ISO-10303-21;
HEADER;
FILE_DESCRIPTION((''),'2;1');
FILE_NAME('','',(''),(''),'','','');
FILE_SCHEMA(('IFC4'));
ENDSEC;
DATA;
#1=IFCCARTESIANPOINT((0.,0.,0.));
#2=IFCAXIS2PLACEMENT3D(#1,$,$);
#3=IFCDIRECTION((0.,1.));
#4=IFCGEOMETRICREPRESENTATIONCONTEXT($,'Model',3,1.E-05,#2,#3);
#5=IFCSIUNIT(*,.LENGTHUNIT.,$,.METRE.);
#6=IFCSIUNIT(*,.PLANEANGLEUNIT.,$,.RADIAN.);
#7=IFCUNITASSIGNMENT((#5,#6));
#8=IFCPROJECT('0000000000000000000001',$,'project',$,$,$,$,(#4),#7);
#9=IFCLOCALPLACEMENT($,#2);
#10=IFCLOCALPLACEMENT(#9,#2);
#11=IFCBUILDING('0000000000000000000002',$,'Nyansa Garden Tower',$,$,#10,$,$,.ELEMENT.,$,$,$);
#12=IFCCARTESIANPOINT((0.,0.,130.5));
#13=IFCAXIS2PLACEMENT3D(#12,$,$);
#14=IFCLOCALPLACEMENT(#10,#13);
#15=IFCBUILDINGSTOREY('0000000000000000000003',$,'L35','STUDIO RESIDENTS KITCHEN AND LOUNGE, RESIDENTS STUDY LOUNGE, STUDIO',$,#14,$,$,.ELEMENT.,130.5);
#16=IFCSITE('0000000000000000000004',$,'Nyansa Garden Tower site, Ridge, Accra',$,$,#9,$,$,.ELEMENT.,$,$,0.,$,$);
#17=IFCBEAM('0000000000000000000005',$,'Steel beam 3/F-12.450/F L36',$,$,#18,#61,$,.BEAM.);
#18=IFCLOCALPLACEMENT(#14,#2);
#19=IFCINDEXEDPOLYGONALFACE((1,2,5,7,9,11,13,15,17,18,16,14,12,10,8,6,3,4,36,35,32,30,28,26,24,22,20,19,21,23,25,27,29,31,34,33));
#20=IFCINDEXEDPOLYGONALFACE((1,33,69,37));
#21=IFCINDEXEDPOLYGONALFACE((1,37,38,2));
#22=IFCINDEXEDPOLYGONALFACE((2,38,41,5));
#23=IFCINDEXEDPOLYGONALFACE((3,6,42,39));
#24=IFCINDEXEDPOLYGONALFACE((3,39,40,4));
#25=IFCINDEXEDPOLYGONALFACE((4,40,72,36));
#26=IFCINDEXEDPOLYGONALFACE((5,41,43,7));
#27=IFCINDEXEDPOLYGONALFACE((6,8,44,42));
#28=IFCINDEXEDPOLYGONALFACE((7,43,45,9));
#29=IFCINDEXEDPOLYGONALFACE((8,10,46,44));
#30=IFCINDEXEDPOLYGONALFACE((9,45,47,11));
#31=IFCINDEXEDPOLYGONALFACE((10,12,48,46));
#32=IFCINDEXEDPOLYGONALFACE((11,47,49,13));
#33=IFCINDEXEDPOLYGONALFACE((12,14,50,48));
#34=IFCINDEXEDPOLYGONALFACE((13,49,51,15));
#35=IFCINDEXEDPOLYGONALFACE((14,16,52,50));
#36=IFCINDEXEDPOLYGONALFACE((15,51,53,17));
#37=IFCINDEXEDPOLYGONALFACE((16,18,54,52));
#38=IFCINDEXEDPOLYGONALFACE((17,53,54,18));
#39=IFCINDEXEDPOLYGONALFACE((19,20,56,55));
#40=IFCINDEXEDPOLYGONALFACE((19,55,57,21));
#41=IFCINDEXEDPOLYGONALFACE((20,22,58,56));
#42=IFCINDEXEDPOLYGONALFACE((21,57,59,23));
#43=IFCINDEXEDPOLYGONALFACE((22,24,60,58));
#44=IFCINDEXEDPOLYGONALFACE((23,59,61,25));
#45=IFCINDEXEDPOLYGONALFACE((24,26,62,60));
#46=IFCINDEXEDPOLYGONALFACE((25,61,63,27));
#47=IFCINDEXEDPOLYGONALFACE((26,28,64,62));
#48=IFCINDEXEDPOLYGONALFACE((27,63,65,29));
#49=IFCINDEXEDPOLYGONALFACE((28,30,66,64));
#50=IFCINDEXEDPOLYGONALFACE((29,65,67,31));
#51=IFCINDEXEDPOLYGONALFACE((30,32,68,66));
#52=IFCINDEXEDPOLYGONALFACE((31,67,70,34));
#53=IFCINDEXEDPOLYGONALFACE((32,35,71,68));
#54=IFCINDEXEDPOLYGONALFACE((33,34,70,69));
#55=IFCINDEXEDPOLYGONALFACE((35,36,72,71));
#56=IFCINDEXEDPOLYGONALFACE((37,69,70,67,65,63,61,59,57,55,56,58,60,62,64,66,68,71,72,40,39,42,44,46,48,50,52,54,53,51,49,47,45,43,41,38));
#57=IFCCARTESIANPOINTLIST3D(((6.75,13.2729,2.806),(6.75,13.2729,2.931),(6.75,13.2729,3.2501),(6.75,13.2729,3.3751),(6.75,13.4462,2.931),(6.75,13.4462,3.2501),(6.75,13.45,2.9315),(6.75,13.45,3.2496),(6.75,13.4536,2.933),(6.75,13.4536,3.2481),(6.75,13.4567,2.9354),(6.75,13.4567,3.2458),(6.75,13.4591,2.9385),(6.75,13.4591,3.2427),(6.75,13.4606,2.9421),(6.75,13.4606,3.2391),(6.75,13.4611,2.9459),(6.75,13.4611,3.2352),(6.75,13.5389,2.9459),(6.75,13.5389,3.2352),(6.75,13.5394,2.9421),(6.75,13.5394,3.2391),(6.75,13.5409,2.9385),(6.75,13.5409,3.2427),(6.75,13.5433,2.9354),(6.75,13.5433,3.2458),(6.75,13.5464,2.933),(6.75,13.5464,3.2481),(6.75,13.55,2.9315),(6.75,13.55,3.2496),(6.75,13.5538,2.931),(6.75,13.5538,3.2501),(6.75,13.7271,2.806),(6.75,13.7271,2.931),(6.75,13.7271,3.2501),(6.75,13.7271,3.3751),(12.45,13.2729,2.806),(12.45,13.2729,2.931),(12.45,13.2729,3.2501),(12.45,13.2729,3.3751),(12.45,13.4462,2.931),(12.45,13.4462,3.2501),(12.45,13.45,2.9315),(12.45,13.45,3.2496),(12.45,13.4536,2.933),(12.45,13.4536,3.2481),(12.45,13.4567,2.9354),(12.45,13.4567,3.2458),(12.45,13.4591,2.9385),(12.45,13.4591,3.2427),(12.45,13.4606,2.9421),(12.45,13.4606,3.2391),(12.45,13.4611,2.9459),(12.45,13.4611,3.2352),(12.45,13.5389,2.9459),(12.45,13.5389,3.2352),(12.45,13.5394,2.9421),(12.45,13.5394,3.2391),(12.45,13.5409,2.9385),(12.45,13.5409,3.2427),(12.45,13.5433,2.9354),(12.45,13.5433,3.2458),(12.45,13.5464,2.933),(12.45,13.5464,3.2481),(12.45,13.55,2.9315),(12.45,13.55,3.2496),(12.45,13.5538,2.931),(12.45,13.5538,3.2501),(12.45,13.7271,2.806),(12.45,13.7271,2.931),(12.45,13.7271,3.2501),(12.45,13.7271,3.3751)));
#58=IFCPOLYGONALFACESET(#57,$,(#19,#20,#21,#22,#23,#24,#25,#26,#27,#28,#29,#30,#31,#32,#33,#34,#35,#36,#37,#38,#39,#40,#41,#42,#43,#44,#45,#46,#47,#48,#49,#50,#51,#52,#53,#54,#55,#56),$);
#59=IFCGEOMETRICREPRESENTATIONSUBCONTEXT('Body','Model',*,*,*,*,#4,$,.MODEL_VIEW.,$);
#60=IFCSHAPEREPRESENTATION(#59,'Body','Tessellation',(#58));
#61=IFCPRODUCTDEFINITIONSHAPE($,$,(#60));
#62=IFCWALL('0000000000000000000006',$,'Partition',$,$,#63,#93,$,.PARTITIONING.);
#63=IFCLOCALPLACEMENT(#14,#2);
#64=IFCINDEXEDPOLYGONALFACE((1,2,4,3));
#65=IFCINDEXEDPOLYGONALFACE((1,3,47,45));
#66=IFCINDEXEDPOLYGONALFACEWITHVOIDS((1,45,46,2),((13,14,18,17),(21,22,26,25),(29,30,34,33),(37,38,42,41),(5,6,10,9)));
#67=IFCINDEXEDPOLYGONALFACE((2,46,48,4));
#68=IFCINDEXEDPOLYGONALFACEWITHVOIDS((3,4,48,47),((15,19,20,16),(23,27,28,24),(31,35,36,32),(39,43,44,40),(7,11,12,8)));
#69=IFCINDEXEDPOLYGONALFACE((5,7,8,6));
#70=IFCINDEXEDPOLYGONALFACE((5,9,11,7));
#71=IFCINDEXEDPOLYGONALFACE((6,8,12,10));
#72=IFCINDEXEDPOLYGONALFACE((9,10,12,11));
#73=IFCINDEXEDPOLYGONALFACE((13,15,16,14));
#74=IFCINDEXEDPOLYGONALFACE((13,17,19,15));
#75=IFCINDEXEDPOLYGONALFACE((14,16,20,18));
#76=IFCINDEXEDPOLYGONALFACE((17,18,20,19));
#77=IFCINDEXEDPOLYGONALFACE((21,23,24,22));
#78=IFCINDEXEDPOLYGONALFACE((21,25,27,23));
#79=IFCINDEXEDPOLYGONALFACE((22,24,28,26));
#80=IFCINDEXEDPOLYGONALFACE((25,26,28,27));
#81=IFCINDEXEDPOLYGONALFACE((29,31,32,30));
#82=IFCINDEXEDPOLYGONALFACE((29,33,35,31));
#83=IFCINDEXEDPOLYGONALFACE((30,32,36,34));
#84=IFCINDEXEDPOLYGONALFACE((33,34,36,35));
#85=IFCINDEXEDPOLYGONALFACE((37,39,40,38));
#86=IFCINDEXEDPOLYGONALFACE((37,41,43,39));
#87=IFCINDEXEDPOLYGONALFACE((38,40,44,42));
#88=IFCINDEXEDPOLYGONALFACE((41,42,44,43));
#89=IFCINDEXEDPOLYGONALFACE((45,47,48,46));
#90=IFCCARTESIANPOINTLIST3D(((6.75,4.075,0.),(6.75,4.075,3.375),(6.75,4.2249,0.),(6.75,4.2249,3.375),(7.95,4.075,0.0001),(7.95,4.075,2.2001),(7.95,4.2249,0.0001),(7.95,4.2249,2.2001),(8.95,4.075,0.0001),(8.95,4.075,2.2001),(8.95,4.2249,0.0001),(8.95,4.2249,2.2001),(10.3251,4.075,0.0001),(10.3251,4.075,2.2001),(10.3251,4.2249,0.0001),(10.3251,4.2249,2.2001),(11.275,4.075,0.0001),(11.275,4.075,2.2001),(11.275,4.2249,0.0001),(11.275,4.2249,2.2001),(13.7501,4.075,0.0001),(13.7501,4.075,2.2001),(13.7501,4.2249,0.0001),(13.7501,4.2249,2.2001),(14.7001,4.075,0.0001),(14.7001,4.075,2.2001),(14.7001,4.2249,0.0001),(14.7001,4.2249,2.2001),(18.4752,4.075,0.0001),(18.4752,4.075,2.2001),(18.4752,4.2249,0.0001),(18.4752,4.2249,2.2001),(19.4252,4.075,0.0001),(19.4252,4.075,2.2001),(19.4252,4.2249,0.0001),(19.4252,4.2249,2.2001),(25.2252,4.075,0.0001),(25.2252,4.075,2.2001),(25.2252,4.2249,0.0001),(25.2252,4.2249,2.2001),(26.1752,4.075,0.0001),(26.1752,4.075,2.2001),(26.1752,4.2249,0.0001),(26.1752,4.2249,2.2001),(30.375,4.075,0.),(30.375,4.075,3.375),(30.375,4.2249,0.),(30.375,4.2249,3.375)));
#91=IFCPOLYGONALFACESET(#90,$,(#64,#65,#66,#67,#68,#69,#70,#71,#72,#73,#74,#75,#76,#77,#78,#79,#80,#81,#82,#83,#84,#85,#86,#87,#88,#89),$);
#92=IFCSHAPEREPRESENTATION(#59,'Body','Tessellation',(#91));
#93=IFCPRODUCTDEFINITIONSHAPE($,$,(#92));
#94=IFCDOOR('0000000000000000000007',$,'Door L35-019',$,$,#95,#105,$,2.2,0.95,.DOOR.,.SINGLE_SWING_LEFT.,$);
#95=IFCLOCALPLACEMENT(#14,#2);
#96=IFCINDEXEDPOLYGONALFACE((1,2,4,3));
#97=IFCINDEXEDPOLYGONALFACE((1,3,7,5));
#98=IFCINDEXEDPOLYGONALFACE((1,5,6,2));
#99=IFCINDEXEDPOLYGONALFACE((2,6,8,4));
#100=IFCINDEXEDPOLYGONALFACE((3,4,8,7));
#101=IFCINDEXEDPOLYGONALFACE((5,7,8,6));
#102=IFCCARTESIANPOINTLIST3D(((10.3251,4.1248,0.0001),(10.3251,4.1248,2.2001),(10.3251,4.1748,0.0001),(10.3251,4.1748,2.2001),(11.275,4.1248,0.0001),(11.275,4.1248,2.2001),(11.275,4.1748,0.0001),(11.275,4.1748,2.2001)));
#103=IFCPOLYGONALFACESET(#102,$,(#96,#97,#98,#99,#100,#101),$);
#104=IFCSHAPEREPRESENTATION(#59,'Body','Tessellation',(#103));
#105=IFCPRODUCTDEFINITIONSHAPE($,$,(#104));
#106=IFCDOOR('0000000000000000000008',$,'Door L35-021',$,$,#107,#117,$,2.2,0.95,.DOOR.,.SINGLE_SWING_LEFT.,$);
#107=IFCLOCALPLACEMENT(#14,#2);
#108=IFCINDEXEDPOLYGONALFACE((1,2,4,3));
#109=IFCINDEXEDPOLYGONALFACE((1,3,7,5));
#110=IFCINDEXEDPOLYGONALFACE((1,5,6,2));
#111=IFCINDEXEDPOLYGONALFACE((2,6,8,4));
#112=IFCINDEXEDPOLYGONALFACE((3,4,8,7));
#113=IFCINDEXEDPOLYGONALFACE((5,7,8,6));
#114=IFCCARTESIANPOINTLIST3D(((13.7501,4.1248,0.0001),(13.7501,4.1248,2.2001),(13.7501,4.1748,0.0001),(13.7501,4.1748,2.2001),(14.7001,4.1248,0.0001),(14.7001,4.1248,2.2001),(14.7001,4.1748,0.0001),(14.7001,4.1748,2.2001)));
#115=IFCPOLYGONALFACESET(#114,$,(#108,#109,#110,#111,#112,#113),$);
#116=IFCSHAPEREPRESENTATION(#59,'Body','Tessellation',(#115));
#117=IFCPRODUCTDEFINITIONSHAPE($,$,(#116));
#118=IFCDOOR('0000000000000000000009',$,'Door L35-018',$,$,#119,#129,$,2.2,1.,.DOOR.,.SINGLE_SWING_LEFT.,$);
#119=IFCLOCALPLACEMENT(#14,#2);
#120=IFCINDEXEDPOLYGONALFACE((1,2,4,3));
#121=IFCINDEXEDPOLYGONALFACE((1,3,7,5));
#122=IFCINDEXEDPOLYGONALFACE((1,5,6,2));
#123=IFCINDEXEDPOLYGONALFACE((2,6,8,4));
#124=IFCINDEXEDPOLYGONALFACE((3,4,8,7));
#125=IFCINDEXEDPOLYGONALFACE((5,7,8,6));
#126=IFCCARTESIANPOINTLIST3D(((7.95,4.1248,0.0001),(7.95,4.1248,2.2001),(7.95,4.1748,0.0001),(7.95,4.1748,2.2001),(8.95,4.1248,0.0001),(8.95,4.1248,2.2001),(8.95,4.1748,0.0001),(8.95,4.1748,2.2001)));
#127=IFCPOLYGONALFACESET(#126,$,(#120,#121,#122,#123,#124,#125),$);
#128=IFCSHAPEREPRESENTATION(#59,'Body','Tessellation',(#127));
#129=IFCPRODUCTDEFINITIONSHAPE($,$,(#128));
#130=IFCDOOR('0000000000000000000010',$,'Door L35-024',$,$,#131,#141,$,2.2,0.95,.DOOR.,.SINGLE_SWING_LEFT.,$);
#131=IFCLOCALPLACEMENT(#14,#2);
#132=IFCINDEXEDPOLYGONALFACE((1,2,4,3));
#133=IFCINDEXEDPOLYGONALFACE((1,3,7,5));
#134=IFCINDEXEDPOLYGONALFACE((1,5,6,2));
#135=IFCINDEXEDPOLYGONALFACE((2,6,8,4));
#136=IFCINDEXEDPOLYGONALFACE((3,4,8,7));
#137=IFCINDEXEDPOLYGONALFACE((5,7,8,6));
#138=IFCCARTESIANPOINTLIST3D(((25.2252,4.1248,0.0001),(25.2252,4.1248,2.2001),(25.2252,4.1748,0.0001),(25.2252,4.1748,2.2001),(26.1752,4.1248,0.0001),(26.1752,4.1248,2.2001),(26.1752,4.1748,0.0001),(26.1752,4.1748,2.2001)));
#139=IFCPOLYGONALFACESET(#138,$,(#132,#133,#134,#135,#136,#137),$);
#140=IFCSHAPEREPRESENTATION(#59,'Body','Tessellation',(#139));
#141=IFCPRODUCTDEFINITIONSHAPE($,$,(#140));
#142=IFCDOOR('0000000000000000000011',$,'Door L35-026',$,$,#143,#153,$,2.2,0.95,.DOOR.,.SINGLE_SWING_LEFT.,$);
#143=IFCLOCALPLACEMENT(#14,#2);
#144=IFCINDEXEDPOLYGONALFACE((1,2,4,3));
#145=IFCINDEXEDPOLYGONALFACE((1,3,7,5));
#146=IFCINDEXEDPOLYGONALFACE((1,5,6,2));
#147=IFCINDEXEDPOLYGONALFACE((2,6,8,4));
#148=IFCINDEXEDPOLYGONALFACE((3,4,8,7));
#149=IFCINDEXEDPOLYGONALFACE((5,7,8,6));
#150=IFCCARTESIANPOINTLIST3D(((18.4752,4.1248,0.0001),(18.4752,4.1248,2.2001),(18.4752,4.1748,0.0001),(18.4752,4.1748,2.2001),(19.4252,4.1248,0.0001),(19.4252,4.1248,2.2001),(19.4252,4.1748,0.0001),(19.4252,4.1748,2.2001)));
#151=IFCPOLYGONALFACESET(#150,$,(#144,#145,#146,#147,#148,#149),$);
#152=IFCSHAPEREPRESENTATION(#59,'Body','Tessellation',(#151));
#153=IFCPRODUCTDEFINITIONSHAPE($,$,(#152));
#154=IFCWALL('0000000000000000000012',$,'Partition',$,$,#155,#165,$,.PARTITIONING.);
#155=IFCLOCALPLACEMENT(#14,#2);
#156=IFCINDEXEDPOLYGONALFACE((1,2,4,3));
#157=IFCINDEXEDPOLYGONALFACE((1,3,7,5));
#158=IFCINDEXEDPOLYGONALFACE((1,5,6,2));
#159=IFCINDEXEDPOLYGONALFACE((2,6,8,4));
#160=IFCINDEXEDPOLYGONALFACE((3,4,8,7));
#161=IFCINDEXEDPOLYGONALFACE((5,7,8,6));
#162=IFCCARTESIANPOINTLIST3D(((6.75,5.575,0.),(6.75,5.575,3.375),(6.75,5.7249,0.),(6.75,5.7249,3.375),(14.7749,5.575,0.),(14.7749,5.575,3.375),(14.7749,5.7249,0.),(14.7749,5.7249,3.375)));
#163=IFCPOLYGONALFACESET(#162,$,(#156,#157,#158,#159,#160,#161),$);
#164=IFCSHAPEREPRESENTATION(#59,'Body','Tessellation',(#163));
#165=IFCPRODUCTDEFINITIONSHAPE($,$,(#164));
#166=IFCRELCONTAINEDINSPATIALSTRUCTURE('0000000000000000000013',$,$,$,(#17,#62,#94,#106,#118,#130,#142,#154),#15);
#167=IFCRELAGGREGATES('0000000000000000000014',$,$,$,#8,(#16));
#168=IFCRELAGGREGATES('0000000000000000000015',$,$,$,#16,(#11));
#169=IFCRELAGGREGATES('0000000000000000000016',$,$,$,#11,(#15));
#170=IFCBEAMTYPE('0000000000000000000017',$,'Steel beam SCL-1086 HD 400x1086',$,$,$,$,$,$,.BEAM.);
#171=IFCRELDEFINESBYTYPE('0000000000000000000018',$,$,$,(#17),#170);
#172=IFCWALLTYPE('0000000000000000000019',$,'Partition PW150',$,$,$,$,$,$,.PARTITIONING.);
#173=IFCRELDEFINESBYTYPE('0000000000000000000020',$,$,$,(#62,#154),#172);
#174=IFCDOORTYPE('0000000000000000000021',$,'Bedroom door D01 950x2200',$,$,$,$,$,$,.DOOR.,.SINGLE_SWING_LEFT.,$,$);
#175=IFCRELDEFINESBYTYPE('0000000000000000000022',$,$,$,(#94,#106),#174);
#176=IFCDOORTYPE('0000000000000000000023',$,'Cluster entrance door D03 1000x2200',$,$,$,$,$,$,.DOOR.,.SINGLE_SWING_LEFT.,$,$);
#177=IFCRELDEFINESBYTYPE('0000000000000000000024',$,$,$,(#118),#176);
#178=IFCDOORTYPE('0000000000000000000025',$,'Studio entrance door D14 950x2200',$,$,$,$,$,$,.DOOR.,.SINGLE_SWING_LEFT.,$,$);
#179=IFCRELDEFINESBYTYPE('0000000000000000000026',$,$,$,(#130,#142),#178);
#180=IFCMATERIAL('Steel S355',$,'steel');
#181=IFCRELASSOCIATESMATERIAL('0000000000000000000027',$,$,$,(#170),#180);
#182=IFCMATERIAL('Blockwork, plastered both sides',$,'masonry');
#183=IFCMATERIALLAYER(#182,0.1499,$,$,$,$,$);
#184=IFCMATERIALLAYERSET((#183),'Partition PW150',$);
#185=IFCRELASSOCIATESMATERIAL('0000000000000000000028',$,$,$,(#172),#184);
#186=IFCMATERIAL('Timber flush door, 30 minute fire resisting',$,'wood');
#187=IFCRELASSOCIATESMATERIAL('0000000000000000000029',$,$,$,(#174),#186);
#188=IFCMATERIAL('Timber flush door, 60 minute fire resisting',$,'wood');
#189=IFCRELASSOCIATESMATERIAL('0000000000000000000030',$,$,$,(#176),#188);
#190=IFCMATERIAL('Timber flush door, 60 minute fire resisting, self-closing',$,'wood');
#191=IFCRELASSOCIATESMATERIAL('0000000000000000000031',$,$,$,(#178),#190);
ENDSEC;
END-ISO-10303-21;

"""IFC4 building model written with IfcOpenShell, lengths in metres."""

from ifc_helpers import new_model, si_unit, direction, frame, frame_2d, origin, origin_2d, place, context, subcontext, project, spatial, rectangle, i_section, extrude, material, layer, layer_set, material_profile, profile_set, type_object, element, fill, save


model = new_model("IFC4")

# Units and contexts
model_context = context("Model", 3, precision=1e-05, world=origin(), true_north=direction((0.0, 1.0)))
body_context = subcontext(model_context, "Body", "Model", "MODEL_VIEW")
ifc_project = project(units=[si_unit("LENGTHUNIT", "METRE"), si_unit("PLANEANGLEUNIT", "RADIAN")], contexts=[model_context])

# Site, building, storey
site_placement = place(None, origin())
site = spatial("IfcSite", under=ifc_project, at=site_placement, Name="Nyansa Garden Tower site, Ridge, Accra", CompositionType="ELEMENT", RefElevation=0.0)
building_placement = place(site_placement, origin())
building = spatial("IfcBuilding", under=site, at=building_placement, Name="Nyansa Garden Tower", CompositionType="ELEMENT")
storey_placement = place(building_placement, frame((0.0, 0.0, 130.5)))
storey = spatial("IfcBuildingStorey", under=building, at=storey_placement, Name="L35", Description="STUDIO RESIDENTS KITCHEN AND LOUNGE, RESIDENTS STUDY LOUNGE, STUDIO", CompositionType="ELEMENT", Elevation=130.5)

# Beam
ifc_material_1 = material(Name="Steel S355", Category="steel")
ifc_material_profile_1 = material_profile(ifc_material_1, i_section(OverallWidth=0.4541, OverallDepth=0.5691, WebThickness=0.0779, FlangeThickness=0.125, FilletRadius=0.0149, at=origin_2d()), Name="HD 400x1086")
ifc_profile_set_1 = profile_set([ifc_material_profile_1], Name="Steel S355")
beam_type_1 = type_object("IfcBeamType", Name="Steel beam SCL-1086 HD 400x1086", PredefinedType="BEAM", material=ifc_profile_set_1)
beam_placement = place(storey_placement, frame((6.75, 13.5, 3.0906), z_axis=(1.0, 0.0, 0.0), x_axis=(0.0, 1.0, 0.0)))
element("IfcBeam", 1, at=beam_placement, inside=storey, type_object=beam_type_1, Name="Steel beam 3/F-12.450/F L36", PredefinedType="BEAM", context=body_context, shape_type="SweptSolid", body=[
    extrude(i_section(OverallWidth=0.4541, OverallDepth=0.5691, WebThickness=0.0779, FlangeThickness=0.125, FilletRadius=0.0149, at=origin_2d()), origin(), (0.0, 0.0, 1.0), 5.7),
])

# Wall, openings, doors
ifc_material_2 = material(Name="Blockwork, plastered both sides", Category="masonry")
ifc_layer = layer(ifc_material_2, 0.1499)
ifc_layer_set = layer_set([ifc_layer], Name="Partition PW150")
wall_type = type_object("IfcWallType", Name="Partition PW150", PredefinedType="PARTITIONING", material=ifc_layer_set)
wall_1_placement = place(storey_placement, frame((6.75, 4.1499, 0.0), z_axis=(0.0, 0.0, 1.0), x_axis=(1.0, 0.0, 0.0)))
wall_1 = element("IfcWall", 2, at=wall_1_placement, inside=storey, type_object=wall_type, Name="Partition", PredefinedType="PARTITIONING", context=body_context, shape_type="SweptSolid", body=[
    extrude(rectangle(XDim=23.625, YDim=0.1499, at=frame_2d((11.8125, 0.0))), origin(), (0.0, 0.0, 1.0), 3.375),
])
opening_1_placement = place(wall_1_placement, frame((1.2, 0.0, 0.0)))
opening_1 = element("IfcOpeningElement", 3, at=opening_1_placement, cuts=wall_1, PredefinedType="OPENING", context=body_context, shape_type="SweptSolid", body=[
    extrude(rectangle(XDim=1.0, YDim=2.2, at=frame_2d((0.5, 1.1001))), frame((0.0, 0.085, 0.0), z_axis=(0.0, -1.0, 0.0), x_axis=(1.0, 0.0, 0.0)), (0.0, 0.0, 1.0), 0.1699),
])
opening_2_placement = place(wall_1_placement, frame((3.575, 0.0, 0.0)))
opening_2 = element("IfcOpeningElement", 4, at=opening_2_placement, cuts=wall_1, PredefinedType="OPENING", context=body_context, shape_type="SweptSolid", body=[
    extrude(rectangle(XDim=0.95, YDim=2.2, at=frame_2d((0.4751, 1.1001))), frame((0.0, 0.085, 0.0), z_axis=(0.0, -1.0, 0.0), x_axis=(1.0, 0.0, 0.0)), (0.0, 0.0, 1.0), 0.1699),
])
opening_3_placement = place(wall_1_placement, frame((7.0, 0.0, 0.0)))
opening_3 = element("IfcOpeningElement", 5, at=opening_3_placement, cuts=wall_1, PredefinedType="OPENING", context=body_context, shape_type="SweptSolid", body=[
    extrude(rectangle(XDim=0.95, YDim=2.2, at=frame_2d((0.4751, 1.1001))), frame((0.0, 0.085, 0.0), z_axis=(0.0, -1.0, 0.0), x_axis=(1.0, 0.0, 0.0)), (0.0, 0.0, 1.0), 0.1699),
])
opening_4_placement = place(wall_1_placement, frame((18.4751, 0.0, 0.0)))
opening_4 = element("IfcOpeningElement", 6, at=opening_4_placement, cuts=wall_1, PredefinedType="OPENING", context=body_context, shape_type="SweptSolid", body=[
    extrude(rectangle(XDim=0.95, YDim=2.2, at=frame_2d((0.4751, 1.1001))), frame((0.0, 0.085, 0.0), z_axis=(0.0, -1.0, 0.0), x_axis=(1.0, 0.0, 0.0)), (0.0, 0.0, 1.0), 0.1699),
])
opening_5_placement = place(wall_1_placement, frame((11.7251, 0.0, 0.0)))
opening_5 = element("IfcOpeningElement", 7, at=opening_5_placement, cuts=wall_1, PredefinedType="OPENING", context=body_context, shape_type="SweptSolid", body=[
    extrude(rectangle(XDim=0.95, YDim=2.2, at=frame_2d((0.4751, 1.1001))), frame((0.0, 0.085, 0.0), z_axis=(0.0, -1.0, 0.0), x_axis=(1.0, 0.0, 0.0)), (0.0, 0.0, 1.0), 0.1699),
])
ifc_material_3 = material(Name="Timber flush door, 30 minute fire resisting", Category="wood")
door_type_1 = type_object("IfcDoorType", Name="Bedroom door D01 950x2200", OperationType="SINGLE_SWING_LEFT", PredefinedType="DOOR", material=ifc_material_3)
door_1_placement = place(opening_2_placement, origin())
door_1 = element("IfcDoor", 8, at=door_1_placement, inside=storey, type_object=door_type_1, Name="Door L35-019", OperationType="SINGLE_SWING_LEFT", OverallHeight=2.2, OverallWidth=0.95, PredefinedType="DOOR", context=body_context, shape_type="SweptSolid", body=[
    extrude(rectangle(XDim=0.95, YDim=2.2, at=frame_2d((0.4751, 1.1001))), frame((0.0, 0.0249, 0.0), z_axis=(0.0, -1.0, 0.0), x_axis=(1.0, 0.0, 0.0)), (0.0, 0.0, 1.0), 0.05),
])
fill(opening_2, door_1)
door_2_placement = place(opening_3_placement, origin())
door_2 = element("IfcDoor", 9, at=door_2_placement, inside=storey, type_object=door_type_1, Name="Door L35-021", OperationType="SINGLE_SWING_LEFT", OverallHeight=2.2, OverallWidth=0.95, PredefinedType="DOOR", context=body_context, shape_type="SweptSolid", body=[
    extrude(rectangle(XDim=0.95, YDim=2.2, at=frame_2d((0.4751, 1.1001))), frame((0.0, 0.0249, 0.0), z_axis=(0.0, -1.0, 0.0), x_axis=(1.0, 0.0, 0.0)), (0.0, 0.0, 1.0), 0.05),
])
fill(opening_3, door_2)
ifc_material_4 = material(Name="Timber flush door, 60 minute fire resisting", Category="wood")
door_type_2 = type_object("IfcDoorType", Name="Cluster entrance door D03 1000x2200", OperationType="SINGLE_SWING_LEFT", PredefinedType="DOOR", material=ifc_material_4)
door_3_placement = place(opening_1_placement, origin())
door_3 = element("IfcDoor", 10, at=door_3_placement, inside=storey, type_object=door_type_2, Name="Door L35-018", OperationType="SINGLE_SWING_LEFT", OverallHeight=2.2, OverallWidth=1.0, PredefinedType="DOOR", context=body_context, shape_type="SweptSolid", body=[
    extrude(rectangle(XDim=1.0, YDim=2.2, at=frame_2d((0.5, 1.1001))), frame((0.0, 0.0249, 0.0), z_axis=(0.0, -1.0, 0.0), x_axis=(1.0, 0.0, 0.0)), (0.0, 0.0, 1.0), 0.05),
])
fill(opening_1, door_3)
ifc_material_5 = material(Name="Timber flush door, 60 minute fire resisting, self-closing", Category="wood")
door_type_3 = type_object("IfcDoorType", Name="Studio entrance door D14 950x2200", OperationType="SINGLE_SWING_LEFT", PredefinedType="DOOR", material=ifc_material_5)
door_4_placement = place(opening_4_placement, origin())
door_4 = element("IfcDoor", 11, at=door_4_placement, inside=storey, type_object=door_type_3, Name="Door L35-024", OperationType="SINGLE_SWING_LEFT", OverallHeight=2.2, OverallWidth=0.95, PredefinedType="DOOR", context=body_context, shape_type="SweptSolid", body=[
    extrude(rectangle(XDim=0.95, YDim=2.2, at=frame_2d((0.4751, 1.1001))), frame((0.0, 0.0249, 0.0), z_axis=(0.0, -1.0, 0.0), x_axis=(1.0, 0.0, 0.0)), (0.0, 0.0, 1.0), 0.05),
])
fill(opening_4, door_4)
door_5_placement = place(opening_5_placement, origin())
door_5 = element("IfcDoor", 12, at=door_5_placement, inside=storey, type_object=door_type_3, Name="Door L35-026", OperationType="SINGLE_SWING_LEFT", OverallHeight=2.2, OverallWidth=0.95, PredefinedType="DOOR", context=body_context, shape_type="SweptSolid", body=[
    extrude(rectangle(XDim=0.95, YDim=2.2, at=frame_2d((0.4751, 1.1001))), frame((0.0, 0.0249, 0.0), z_axis=(0.0, -1.0, 0.0), x_axis=(1.0, 0.0, 0.0)), (0.0, 0.0, 1.0), 0.05),
])
fill(opening_5, door_5)

# Wall
wall_2_placement = place(storey_placement, frame((6.75, 5.6499, 0.0), z_axis=(0.0, 0.0, 1.0), x_axis=(1.0, 0.0, 0.0)))
element("IfcWall", 13, at=wall_2_placement, inside=storey, type_object=wall_type, Name="Partition", PredefinedType="PARTITIONING", context=body_context, shape_type="SweptSolid", body=[
    extrude(rectangle(XDim=8.0249, YDim=0.1499, at=frame_2d((4.0125, 0.0))), origin(), (0.0, 0.0, 1.0), 3.375),
])

save(model, "model.ifc")
